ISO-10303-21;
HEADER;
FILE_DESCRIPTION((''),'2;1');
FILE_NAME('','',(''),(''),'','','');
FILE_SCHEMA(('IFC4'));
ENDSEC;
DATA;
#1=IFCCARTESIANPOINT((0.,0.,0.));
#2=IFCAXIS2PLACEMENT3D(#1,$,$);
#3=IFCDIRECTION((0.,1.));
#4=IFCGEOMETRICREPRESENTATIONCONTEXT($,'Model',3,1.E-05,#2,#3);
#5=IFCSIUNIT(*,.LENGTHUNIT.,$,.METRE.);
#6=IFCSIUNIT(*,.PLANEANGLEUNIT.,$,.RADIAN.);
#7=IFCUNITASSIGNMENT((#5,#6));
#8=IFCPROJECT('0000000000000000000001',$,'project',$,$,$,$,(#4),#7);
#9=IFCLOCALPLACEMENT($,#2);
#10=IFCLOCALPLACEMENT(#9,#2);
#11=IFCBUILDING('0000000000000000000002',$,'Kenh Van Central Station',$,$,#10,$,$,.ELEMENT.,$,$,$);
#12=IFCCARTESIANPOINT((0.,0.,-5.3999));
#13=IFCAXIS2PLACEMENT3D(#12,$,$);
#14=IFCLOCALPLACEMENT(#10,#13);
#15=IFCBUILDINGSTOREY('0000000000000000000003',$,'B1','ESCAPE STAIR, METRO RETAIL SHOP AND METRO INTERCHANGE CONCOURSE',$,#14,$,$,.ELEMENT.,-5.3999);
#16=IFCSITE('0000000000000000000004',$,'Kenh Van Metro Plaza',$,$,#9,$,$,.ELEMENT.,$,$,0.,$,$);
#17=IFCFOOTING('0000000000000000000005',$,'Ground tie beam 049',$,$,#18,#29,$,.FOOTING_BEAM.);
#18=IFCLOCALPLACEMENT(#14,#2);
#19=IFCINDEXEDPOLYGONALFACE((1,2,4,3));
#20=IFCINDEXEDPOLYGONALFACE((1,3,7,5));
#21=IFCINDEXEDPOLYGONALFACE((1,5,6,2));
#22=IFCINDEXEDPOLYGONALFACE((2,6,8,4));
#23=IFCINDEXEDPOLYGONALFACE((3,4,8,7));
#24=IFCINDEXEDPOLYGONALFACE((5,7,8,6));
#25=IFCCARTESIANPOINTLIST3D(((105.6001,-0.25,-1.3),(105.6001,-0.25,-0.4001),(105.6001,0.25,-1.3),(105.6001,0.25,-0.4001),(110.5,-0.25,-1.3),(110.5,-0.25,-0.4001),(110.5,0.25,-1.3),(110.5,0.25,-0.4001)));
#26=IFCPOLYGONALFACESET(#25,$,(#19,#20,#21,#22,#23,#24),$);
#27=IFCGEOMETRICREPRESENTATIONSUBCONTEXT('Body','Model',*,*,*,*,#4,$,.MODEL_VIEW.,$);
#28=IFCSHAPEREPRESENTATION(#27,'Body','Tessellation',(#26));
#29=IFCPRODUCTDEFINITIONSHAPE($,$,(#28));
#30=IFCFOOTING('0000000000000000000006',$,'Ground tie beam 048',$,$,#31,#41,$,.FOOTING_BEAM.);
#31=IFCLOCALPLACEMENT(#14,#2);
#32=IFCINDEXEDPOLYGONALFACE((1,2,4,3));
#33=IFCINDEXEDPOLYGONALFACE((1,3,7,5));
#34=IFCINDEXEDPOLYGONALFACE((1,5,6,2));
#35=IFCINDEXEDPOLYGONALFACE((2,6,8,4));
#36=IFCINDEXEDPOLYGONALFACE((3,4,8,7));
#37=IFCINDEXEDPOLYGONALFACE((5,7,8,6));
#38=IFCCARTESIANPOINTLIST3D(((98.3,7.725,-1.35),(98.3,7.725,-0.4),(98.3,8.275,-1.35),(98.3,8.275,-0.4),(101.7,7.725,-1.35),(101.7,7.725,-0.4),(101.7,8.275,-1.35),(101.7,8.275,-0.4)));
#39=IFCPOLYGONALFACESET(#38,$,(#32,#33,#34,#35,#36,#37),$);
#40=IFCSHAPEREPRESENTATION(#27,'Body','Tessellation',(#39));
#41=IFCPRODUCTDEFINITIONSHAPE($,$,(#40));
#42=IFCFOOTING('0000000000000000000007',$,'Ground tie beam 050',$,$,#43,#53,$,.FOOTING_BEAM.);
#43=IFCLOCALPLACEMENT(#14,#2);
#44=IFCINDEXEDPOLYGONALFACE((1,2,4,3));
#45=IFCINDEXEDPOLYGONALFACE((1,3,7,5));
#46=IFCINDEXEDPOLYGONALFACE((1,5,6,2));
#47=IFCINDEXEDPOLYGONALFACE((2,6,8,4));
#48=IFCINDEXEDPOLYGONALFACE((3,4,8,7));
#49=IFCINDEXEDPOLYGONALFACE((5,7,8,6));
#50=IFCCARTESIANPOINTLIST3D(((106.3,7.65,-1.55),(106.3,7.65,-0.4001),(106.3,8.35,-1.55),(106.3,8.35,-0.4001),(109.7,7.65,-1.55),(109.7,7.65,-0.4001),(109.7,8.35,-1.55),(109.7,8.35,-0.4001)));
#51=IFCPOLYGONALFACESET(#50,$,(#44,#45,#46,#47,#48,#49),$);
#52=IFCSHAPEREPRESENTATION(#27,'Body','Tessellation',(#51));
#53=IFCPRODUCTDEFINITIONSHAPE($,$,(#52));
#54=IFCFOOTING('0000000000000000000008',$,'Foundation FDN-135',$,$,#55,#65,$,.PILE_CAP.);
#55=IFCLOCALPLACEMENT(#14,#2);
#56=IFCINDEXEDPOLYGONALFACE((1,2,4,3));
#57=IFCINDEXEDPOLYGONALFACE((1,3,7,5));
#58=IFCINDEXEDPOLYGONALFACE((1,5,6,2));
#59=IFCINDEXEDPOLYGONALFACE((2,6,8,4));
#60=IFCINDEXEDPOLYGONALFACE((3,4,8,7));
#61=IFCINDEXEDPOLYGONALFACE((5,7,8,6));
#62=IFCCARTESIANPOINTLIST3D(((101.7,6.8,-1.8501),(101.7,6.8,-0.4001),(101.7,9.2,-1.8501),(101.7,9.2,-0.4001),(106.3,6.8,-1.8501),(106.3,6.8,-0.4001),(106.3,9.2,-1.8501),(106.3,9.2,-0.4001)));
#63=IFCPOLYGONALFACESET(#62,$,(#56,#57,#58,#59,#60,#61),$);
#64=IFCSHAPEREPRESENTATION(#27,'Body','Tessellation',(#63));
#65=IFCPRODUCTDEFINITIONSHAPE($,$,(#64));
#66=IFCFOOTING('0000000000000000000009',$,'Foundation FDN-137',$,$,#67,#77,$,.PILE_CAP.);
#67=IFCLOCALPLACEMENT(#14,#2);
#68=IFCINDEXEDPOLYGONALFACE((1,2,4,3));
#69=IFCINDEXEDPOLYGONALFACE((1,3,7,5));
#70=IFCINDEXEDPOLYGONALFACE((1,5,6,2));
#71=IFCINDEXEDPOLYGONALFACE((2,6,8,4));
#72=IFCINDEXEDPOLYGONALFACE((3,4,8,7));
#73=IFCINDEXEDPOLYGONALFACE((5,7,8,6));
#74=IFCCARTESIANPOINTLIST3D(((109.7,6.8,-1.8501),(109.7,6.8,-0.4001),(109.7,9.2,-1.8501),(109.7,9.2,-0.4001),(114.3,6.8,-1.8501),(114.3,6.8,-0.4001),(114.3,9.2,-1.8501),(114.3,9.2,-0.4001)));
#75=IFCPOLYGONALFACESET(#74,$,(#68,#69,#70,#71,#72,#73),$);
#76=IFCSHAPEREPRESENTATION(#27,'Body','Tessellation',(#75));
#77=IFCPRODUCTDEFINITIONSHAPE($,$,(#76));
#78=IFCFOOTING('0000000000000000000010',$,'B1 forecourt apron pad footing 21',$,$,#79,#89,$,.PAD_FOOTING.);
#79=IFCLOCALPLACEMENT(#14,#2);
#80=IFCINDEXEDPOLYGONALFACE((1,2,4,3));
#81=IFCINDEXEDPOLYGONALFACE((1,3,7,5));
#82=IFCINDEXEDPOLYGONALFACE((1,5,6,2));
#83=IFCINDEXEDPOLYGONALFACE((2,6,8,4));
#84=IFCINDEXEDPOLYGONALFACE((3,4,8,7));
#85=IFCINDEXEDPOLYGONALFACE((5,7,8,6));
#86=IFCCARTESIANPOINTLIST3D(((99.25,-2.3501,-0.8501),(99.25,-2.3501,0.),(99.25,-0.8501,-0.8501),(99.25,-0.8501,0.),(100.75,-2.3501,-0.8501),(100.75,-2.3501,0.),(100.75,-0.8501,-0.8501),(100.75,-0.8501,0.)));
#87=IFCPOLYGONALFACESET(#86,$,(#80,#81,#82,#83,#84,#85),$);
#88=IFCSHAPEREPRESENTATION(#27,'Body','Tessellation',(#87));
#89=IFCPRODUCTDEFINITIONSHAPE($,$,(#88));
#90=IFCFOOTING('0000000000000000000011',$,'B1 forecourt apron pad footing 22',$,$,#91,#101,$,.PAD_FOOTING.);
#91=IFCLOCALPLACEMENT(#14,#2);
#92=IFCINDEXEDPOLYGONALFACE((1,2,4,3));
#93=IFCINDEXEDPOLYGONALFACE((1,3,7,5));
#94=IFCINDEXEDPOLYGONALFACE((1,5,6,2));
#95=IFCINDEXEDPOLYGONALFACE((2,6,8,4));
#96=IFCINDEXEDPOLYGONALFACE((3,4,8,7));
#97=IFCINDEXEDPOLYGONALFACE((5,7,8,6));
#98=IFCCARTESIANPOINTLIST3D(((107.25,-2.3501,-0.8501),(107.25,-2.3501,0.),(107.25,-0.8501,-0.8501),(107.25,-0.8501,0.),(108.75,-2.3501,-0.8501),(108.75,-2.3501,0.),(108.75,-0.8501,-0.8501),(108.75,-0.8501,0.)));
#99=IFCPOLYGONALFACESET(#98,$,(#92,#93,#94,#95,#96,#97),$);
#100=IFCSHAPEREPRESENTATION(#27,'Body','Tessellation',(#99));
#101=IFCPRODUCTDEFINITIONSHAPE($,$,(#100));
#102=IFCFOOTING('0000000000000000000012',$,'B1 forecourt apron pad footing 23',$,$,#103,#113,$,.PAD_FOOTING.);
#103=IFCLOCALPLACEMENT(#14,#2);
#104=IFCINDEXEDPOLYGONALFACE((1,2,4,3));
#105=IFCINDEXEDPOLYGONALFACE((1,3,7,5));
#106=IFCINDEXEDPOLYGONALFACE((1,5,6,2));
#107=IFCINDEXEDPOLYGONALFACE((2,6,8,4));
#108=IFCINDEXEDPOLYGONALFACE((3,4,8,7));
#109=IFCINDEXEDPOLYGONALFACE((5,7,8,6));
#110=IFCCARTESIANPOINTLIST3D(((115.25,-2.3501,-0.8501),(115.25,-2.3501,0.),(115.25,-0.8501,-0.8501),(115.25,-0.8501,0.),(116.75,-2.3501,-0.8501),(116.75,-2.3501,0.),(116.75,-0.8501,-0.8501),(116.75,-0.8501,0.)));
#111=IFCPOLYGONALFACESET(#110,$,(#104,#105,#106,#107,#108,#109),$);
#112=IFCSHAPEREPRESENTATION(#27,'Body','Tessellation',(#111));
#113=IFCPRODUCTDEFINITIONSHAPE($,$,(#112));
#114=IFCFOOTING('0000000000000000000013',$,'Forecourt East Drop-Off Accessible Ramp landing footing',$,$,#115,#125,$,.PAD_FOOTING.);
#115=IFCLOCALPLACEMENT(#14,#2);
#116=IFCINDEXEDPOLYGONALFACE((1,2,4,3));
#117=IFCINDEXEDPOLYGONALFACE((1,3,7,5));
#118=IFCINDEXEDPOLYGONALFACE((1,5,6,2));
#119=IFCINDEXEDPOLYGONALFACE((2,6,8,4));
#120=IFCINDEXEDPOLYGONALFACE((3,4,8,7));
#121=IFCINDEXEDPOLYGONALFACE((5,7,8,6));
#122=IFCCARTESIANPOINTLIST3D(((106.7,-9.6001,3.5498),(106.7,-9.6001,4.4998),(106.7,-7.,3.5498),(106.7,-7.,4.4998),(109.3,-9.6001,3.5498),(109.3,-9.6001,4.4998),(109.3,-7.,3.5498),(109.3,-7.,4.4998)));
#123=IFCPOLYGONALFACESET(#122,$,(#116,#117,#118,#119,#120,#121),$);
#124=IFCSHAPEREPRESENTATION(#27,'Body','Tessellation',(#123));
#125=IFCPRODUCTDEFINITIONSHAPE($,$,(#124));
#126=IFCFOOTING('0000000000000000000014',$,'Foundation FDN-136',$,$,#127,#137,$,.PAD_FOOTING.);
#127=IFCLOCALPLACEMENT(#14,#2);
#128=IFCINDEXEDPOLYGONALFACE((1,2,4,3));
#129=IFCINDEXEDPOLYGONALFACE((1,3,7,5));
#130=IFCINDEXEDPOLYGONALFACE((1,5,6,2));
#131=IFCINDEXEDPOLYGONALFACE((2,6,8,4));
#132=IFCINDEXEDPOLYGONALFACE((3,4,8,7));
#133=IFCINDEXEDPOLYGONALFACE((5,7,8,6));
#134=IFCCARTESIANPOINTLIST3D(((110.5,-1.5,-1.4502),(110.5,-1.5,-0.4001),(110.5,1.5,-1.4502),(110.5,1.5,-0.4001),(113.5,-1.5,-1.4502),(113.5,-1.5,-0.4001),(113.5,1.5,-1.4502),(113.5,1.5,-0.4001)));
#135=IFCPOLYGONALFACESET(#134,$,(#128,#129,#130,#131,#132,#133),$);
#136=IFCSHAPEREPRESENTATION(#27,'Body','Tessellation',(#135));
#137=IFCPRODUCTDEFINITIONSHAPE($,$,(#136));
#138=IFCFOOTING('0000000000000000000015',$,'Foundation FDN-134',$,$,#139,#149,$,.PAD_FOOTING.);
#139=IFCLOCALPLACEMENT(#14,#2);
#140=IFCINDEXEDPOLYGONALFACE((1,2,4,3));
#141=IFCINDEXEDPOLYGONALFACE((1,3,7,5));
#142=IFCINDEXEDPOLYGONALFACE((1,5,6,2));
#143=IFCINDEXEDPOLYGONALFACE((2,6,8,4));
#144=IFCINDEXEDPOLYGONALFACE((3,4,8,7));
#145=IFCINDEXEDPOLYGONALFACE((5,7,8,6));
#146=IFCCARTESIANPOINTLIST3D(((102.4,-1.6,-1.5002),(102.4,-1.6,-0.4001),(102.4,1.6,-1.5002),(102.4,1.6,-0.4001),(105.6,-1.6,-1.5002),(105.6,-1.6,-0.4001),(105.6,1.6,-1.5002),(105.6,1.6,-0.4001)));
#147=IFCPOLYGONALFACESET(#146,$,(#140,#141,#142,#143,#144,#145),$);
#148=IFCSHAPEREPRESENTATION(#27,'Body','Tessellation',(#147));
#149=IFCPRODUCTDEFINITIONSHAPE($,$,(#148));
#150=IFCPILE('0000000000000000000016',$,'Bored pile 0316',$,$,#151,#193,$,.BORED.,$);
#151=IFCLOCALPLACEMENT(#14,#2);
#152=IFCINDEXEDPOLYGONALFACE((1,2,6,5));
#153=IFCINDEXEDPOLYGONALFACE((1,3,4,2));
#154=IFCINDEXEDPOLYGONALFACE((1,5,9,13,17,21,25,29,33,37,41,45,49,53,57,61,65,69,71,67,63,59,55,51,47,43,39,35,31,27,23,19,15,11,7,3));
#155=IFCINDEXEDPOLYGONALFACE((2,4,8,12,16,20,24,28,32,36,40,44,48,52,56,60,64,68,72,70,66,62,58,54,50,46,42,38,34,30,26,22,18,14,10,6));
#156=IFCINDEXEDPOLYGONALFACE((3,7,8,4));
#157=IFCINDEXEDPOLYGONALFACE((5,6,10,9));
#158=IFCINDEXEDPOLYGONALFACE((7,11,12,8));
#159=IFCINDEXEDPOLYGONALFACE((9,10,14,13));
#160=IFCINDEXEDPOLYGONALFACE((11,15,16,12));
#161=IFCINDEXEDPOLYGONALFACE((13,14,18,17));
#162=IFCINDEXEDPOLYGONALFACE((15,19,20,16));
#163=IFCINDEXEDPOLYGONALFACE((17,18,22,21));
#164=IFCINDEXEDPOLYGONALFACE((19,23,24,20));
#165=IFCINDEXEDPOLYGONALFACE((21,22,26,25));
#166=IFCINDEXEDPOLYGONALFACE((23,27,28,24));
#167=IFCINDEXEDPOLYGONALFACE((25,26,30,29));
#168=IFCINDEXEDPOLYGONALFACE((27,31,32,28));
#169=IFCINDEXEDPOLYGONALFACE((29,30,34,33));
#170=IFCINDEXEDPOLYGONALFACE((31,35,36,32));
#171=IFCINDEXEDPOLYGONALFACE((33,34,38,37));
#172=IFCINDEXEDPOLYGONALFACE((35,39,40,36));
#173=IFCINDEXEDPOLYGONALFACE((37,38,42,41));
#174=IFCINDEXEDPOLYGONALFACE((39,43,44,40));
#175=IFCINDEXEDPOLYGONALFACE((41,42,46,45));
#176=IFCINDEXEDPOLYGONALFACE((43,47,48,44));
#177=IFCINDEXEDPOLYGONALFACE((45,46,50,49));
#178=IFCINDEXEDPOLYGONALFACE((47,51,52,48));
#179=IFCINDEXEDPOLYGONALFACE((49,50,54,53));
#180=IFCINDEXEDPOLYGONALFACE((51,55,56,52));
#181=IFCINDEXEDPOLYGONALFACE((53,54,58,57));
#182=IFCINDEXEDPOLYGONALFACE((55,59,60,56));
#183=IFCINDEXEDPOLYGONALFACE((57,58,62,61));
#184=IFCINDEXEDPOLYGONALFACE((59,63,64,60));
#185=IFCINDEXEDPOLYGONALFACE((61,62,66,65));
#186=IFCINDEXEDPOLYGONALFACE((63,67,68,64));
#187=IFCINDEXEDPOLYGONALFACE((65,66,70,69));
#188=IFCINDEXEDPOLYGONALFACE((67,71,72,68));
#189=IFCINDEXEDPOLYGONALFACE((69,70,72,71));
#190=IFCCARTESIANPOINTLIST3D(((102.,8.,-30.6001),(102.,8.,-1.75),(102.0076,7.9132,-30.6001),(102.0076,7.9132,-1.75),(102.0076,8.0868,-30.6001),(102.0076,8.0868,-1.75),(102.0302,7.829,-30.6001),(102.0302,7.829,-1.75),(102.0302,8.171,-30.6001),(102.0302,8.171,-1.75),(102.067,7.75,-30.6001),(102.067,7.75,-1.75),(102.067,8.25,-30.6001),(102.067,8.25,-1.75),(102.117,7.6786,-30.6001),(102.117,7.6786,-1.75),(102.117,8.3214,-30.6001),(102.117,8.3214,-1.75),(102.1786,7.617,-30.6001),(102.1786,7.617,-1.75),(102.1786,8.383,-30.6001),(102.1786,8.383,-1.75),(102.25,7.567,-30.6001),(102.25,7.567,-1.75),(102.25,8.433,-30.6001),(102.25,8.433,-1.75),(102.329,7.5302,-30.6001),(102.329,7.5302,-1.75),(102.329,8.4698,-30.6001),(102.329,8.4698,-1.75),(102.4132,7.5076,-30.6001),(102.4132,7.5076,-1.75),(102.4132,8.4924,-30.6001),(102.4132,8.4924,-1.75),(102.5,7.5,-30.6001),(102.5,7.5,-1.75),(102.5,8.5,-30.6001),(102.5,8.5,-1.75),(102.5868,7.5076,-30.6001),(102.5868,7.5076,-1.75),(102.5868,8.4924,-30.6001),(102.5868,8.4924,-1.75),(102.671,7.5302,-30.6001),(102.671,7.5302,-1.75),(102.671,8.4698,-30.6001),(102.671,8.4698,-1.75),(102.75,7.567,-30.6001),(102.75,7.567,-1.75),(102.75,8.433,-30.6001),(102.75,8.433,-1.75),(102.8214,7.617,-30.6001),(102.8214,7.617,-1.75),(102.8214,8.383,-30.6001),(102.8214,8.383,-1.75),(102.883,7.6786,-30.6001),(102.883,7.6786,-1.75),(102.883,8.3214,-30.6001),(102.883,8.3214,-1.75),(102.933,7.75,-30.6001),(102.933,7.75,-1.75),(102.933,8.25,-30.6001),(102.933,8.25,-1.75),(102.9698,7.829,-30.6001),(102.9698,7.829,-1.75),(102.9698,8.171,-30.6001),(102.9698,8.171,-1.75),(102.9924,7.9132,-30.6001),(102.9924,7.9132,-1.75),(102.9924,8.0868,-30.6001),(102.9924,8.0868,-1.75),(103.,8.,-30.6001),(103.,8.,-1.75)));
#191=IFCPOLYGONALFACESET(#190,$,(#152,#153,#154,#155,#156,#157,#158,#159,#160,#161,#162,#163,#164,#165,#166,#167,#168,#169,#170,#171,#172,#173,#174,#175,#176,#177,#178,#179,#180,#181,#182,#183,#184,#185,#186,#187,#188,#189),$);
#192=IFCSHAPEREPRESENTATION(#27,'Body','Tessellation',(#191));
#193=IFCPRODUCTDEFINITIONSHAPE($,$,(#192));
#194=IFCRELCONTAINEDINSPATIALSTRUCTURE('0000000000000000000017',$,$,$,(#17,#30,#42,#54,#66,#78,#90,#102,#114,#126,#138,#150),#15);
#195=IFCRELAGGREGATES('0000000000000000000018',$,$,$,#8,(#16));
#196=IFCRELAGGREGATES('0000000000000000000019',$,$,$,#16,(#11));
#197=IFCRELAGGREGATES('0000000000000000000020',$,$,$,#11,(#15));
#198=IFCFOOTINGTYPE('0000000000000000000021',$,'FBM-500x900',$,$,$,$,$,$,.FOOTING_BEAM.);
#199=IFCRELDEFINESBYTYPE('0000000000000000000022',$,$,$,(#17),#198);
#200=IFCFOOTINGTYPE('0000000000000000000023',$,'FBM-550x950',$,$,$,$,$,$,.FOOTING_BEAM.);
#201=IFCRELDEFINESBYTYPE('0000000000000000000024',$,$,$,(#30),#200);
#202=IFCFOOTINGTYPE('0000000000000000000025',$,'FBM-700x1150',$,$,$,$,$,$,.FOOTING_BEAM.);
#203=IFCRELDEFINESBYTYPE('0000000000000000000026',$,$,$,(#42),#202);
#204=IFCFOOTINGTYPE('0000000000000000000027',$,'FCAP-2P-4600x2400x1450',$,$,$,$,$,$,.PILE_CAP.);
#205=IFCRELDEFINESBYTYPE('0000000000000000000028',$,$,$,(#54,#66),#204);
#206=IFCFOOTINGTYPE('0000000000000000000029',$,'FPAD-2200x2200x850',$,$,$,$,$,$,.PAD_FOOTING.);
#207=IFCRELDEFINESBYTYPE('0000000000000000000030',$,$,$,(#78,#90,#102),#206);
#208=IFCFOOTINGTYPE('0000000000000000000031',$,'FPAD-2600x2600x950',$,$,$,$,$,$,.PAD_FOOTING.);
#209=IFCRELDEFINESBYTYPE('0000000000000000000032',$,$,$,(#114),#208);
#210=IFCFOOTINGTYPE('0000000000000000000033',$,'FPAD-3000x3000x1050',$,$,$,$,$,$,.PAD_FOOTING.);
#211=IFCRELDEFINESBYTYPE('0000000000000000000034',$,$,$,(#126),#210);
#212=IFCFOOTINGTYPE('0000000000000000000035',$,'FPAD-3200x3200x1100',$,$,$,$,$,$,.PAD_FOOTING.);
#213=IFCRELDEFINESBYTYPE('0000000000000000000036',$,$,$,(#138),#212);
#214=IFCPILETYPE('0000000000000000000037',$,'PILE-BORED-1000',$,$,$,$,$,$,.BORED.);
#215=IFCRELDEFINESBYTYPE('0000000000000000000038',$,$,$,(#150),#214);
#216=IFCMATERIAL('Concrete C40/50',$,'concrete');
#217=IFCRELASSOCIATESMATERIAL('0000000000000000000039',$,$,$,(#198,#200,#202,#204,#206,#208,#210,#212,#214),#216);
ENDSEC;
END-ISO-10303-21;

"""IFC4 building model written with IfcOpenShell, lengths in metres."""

from ifc_helpers import new_model, si_unit, direction, frame, origin, origin_2d, place, context, subcontext, project, spatial, rectangle, circle, extrude, material, material_profile, profile_set, type_object, element, save


model = new_model("IFC4")

# Units and contexts
model_context = context("Model", 3, precision=1e-05, world=origin(), true_north=direction((0.0, 1.0)))
body_context = subcontext(model_context, "Body", "Model", "MODEL_VIEW")
ifc_project = project(units=[si_unit("LENGTHUNIT", "METRE"), si_unit("PLANEANGLEUNIT", "RADIAN")], contexts=[model_context])

# Site, building, storey
site_placement = place(None, origin())
site = spatial("IfcSite", under=ifc_project, at=site_placement, Name="Kenh Van Metro Plaza", CompositionType="ELEMENT", RefElevation=0.0)
building_placement = place(site_placement, origin())
building = spatial("IfcBuilding", under=site, at=building_placement, Name="Kenh Van Central Station", CompositionType="ELEMENT")
storey_placement = place(building_placement, frame((0.0, 0.0, -5.3999)))
storey = spatial("IfcBuildingStorey", under=building, at=storey_placement, Name="B1", Description="ESCAPE STAIR, METRO RETAIL SHOP AND METRO INTERCHANGE CONCOURSE", CompositionType="ELEMENT", Elevation=-5.3999)

# Footings
ifc_material_1 = material(Name="Concrete C40/50", Category="concrete")
ifc_material_profile_1 = material_profile(ifc_material_1, rectangle(XDim=0.5, YDim=0.8999, at=origin_2d()), Name="RC 500x900")
ifc_profile_set_1 = profile_set([ifc_material_profile_1], Name="Concrete C40/50")
footing_type_1 = type_object("IfcFootingType", Name="FBM-500x900", PredefinedType="FOOTING_BEAM", material=ifc_profile_set_1)
footing_1_placement = place(storey_placement, frame((105.6001, 0.0, -0.8501), z_axis=(1.0, 0.0, 0.0), x_axis=(0.0, 1.0, 0.0)))
element("IfcFooting", 1, at=footing_1_placement, inside=storey, type_object=footing_type_1, Name="Ground tie beam 049", PredefinedType="FOOTING_BEAM", context=body_context, shape_type="SweptSolid", body=[
    extrude(rectangle(XDim=0.5, YDim=0.8999, at=origin_2d()), origin(), (0.0, 0.0, 1.0), 4.8999),
])
ifc_material_profile_2 = material_profile(ifc_material_1, rectangle(XDim=0.55, YDim=0.95, at=origin_2d()), Name="RC 550x950")
ifc_profile_set_2 = profile_set([ifc_material_profile_2], Name="Concrete C40/50")
footing_type_2 = type_object("IfcFootingType", Name="FBM-550x950", PredefinedType="FOOTING_BEAM", material=ifc_profile_set_2)
footing_2_placement = place(storey_placement, frame((98.3, 8.0, -0.875), z_axis=(1.0, 0.0, 0.0), x_axis=(0.0, 1.0, 0.0)))
element("IfcFooting", 2, at=footing_2_placement, inside=storey, type_object=footing_type_2, Name="Ground tie beam 048", PredefinedType="FOOTING_BEAM", context=body_context, shape_type="SweptSolid", body=[
    extrude(rectangle(XDim=0.55, YDim=0.95, at=origin_2d()), origin(), (0.0, 0.0, 1.0), 3.3999),
])
ifc_material_profile_3 = material_profile(ifc_material_1, rectangle(XDim=0.7, YDim=1.1499, at=origin_2d()), Name="RC 700x1150")
ifc_profile_set_3 = profile_set([ifc_material_profile_3], Name="Concrete C40/50")
footing_type_3 = type_object("IfcFootingType", Name="FBM-700x1150", PredefinedType="FOOTING_BEAM", material=ifc_profile_set_3)
footing_3_placement = place(storey_placement, frame((106.3, 8.0, -0.9751), z_axis=(1.0, 0.0, 0.0), x_axis=(0.0, 1.0, 0.0)))
element("IfcFooting", 3, at=footing_3_placement, inside=storey, type_object=footing_type_3, Name="Ground tie beam 050", PredefinedType="FOOTING_BEAM", context=body_context, shape_type="SweptSolid", body=[
    extrude(rectangle(XDim=0.7, YDim=1.1499, at=origin_2d()), origin(), (0.0, 0.0, 1.0), 3.3999),
])
footing_type_4 = type_object("IfcFootingType", Name="FCAP-2P-4600x2400x1450", PredefinedType="PILE_CAP", material=ifc_material_1)
for number, where, z_axis, x_axis, name in (
    (4, (104.0, 8.0, -1.8501), (0.0, 0.0, 1.0), (1.0, 0.0, 0.0), "Foundation FDN-135"),
    (5, (112.0, 8.0, -1.8501), (0.0, 0.0, 1.0), (1.0, 0.0, 0.0), "Foundation FDN-137"),
):
    element("IfcFooting", number, at=place(storey_placement, frame(where, z_axis=z_axis, x_axis=x_axis)), inside=storey, type_object=footing_type_4, Name=name, PredefinedType="PILE_CAP", context=body_context, shape_type="SweptSolid", body=[
        extrude(rectangle(XDim=4.6001, YDim=2.3999, at=origin_2d()), origin(), (0.0, 0.0, 1.0), 1.45),
    ])
footing_type_5 = type_object("IfcFootingType", Name="FPAD-2200x2200x850", PredefinedType="PAD_FOOTING", material=ifc_material_1)
for number, where, z_axis, x_axis, name in (
    (6, (100.0, -1.6001, -0.8501), (0.0, 0.0, 1.0), (1.0, 0.0, 0.0), "B1 forecourt apron pad footing 21"),
    (7, (108.0, -1.6001, -0.8501), (0.0, 0.0, 1.0), (1.0, 0.0, 0.0), "B1 forecourt apron pad footing 22"),
    (8, (116.0, -1.6001, -0.8501), (0.0, 0.0, 1.0), (1.0, 0.0, 0.0), "B1 forecourt apron pad footing 23"),
):
    element("IfcFooting", number, at=place(storey_placement, frame(where, z_axis=z_axis, x_axis=x_axis)), inside=storey, type_object=footing_type_5, Name=name, PredefinedType="PAD_FOOTING", context=body_context, shape_type="SweptSolid", body=[
        extrude(rectangle(XDim=1.5, YDim=1.5, at=origin_2d()), origin(), (0.0, 0.0, 1.0), 0.8501),
    ])
footing_type_6 = type_object("IfcFootingType", Name="FPAD-2600x2600x950", PredefinedType="PAD_FOOTING", material=ifc_material_1)
footing_4_placement = place(storey_placement, frame((108.0, -8.3, 3.5498), z_axis=(0.0, 0.0, 1.0), x_axis=(0.0, 1.0, 0.0)))
element("IfcFooting", 9, at=footing_4_placement, inside=storey, type_object=footing_type_6, Name="Forecourt East Drop-Off Accessible Ramp landing footing", PredefinedType="PAD_FOOTING", context=body_context, shape_type="SweptSolid", body=[
    extrude(rectangle(XDim=2.6001, YDim=2.6001, at=origin_2d()), origin(), (0.0, 0.0, 1.0), 0.95),
])
footing_type_7 = type_object("IfcFootingType", Name="FPAD-3000x3000x1050", PredefinedType="PAD_FOOTING", material=ifc_material_1)
footing_5_placement = place(storey_placement, frame((112.0, 0.0, -1.4502), z_axis=(0.0, 0.0, 1.0), x_axis=(1.0, 0.0, 0.0)))
element("IfcFooting", 10, at=footing_5_placement, inside=storey, type_object=footing_type_7, Name="Foundation FDN-136", PredefinedType="PAD_FOOTING", context=body_context, shape_type="SweptSolid", body=[
    extrude(rectangle(XDim=3.0, YDim=3.0, at=origin_2d()), origin(), (0.0, 0.0, 1.0), 1.05),
])
footing_type_8 = type_object("IfcFootingType", Name="FPAD-3200x3200x1100", PredefinedType="PAD_FOOTING", material=ifc_material_1)
footing_6_placement = place(storey_placement, frame((104.0, 0.0, -1.5002), z_axis=(0.0, 0.0, 1.0), x_axis=(1.0, 0.0, 0.0)))
element("IfcFooting", 11, at=footing_6_placement, inside=storey, type_object=footing_type_8, Name="Foundation FDN-134", PredefinedType="PAD_FOOTING", context=body_context, shape_type="SweptSolid", body=[
    extrude(rectangle(XDim=3.2, YDim=3.2, at=origin_2d()), origin(), (0.0, 0.0, 1.0), 1.1001),
])

# Pile
ifc_material_profile_4 = material_profile(ifc_material_1, circle(Radius=0.5, at=origin_2d()), Name="PILE D1000")
ifc_profile_set_4 = profile_set([ifc_material_profile_4], Name="Concrete C40/50")
pile_type = type_object("IfcPileType", Name="PILE-BORED-1000", PredefinedType="BORED", material=ifc_profile_set_4)
for number, where, z_axis, x_axis, name in (
    (12, (102.5, 8.0, -1.75), (0.0, 0.0, -1.0), (1.0, 0.0, 0.0), "Bored pile 0316"),
):
    element("IfcPile", number, at=place(storey_placement, frame(where, z_axis=z_axis, x_axis=x_axis)), inside=storey, type_object=pile_type, Name=name, PredefinedType="BORED", context=body_context, shape_type="SweptSolid", body=[
        extrude(circle(Radius=0.5, at=origin_2d()), origin(), (0.0, 0.0, 1.0), 28.8501),
    ])

save(model, "model.ifc")
